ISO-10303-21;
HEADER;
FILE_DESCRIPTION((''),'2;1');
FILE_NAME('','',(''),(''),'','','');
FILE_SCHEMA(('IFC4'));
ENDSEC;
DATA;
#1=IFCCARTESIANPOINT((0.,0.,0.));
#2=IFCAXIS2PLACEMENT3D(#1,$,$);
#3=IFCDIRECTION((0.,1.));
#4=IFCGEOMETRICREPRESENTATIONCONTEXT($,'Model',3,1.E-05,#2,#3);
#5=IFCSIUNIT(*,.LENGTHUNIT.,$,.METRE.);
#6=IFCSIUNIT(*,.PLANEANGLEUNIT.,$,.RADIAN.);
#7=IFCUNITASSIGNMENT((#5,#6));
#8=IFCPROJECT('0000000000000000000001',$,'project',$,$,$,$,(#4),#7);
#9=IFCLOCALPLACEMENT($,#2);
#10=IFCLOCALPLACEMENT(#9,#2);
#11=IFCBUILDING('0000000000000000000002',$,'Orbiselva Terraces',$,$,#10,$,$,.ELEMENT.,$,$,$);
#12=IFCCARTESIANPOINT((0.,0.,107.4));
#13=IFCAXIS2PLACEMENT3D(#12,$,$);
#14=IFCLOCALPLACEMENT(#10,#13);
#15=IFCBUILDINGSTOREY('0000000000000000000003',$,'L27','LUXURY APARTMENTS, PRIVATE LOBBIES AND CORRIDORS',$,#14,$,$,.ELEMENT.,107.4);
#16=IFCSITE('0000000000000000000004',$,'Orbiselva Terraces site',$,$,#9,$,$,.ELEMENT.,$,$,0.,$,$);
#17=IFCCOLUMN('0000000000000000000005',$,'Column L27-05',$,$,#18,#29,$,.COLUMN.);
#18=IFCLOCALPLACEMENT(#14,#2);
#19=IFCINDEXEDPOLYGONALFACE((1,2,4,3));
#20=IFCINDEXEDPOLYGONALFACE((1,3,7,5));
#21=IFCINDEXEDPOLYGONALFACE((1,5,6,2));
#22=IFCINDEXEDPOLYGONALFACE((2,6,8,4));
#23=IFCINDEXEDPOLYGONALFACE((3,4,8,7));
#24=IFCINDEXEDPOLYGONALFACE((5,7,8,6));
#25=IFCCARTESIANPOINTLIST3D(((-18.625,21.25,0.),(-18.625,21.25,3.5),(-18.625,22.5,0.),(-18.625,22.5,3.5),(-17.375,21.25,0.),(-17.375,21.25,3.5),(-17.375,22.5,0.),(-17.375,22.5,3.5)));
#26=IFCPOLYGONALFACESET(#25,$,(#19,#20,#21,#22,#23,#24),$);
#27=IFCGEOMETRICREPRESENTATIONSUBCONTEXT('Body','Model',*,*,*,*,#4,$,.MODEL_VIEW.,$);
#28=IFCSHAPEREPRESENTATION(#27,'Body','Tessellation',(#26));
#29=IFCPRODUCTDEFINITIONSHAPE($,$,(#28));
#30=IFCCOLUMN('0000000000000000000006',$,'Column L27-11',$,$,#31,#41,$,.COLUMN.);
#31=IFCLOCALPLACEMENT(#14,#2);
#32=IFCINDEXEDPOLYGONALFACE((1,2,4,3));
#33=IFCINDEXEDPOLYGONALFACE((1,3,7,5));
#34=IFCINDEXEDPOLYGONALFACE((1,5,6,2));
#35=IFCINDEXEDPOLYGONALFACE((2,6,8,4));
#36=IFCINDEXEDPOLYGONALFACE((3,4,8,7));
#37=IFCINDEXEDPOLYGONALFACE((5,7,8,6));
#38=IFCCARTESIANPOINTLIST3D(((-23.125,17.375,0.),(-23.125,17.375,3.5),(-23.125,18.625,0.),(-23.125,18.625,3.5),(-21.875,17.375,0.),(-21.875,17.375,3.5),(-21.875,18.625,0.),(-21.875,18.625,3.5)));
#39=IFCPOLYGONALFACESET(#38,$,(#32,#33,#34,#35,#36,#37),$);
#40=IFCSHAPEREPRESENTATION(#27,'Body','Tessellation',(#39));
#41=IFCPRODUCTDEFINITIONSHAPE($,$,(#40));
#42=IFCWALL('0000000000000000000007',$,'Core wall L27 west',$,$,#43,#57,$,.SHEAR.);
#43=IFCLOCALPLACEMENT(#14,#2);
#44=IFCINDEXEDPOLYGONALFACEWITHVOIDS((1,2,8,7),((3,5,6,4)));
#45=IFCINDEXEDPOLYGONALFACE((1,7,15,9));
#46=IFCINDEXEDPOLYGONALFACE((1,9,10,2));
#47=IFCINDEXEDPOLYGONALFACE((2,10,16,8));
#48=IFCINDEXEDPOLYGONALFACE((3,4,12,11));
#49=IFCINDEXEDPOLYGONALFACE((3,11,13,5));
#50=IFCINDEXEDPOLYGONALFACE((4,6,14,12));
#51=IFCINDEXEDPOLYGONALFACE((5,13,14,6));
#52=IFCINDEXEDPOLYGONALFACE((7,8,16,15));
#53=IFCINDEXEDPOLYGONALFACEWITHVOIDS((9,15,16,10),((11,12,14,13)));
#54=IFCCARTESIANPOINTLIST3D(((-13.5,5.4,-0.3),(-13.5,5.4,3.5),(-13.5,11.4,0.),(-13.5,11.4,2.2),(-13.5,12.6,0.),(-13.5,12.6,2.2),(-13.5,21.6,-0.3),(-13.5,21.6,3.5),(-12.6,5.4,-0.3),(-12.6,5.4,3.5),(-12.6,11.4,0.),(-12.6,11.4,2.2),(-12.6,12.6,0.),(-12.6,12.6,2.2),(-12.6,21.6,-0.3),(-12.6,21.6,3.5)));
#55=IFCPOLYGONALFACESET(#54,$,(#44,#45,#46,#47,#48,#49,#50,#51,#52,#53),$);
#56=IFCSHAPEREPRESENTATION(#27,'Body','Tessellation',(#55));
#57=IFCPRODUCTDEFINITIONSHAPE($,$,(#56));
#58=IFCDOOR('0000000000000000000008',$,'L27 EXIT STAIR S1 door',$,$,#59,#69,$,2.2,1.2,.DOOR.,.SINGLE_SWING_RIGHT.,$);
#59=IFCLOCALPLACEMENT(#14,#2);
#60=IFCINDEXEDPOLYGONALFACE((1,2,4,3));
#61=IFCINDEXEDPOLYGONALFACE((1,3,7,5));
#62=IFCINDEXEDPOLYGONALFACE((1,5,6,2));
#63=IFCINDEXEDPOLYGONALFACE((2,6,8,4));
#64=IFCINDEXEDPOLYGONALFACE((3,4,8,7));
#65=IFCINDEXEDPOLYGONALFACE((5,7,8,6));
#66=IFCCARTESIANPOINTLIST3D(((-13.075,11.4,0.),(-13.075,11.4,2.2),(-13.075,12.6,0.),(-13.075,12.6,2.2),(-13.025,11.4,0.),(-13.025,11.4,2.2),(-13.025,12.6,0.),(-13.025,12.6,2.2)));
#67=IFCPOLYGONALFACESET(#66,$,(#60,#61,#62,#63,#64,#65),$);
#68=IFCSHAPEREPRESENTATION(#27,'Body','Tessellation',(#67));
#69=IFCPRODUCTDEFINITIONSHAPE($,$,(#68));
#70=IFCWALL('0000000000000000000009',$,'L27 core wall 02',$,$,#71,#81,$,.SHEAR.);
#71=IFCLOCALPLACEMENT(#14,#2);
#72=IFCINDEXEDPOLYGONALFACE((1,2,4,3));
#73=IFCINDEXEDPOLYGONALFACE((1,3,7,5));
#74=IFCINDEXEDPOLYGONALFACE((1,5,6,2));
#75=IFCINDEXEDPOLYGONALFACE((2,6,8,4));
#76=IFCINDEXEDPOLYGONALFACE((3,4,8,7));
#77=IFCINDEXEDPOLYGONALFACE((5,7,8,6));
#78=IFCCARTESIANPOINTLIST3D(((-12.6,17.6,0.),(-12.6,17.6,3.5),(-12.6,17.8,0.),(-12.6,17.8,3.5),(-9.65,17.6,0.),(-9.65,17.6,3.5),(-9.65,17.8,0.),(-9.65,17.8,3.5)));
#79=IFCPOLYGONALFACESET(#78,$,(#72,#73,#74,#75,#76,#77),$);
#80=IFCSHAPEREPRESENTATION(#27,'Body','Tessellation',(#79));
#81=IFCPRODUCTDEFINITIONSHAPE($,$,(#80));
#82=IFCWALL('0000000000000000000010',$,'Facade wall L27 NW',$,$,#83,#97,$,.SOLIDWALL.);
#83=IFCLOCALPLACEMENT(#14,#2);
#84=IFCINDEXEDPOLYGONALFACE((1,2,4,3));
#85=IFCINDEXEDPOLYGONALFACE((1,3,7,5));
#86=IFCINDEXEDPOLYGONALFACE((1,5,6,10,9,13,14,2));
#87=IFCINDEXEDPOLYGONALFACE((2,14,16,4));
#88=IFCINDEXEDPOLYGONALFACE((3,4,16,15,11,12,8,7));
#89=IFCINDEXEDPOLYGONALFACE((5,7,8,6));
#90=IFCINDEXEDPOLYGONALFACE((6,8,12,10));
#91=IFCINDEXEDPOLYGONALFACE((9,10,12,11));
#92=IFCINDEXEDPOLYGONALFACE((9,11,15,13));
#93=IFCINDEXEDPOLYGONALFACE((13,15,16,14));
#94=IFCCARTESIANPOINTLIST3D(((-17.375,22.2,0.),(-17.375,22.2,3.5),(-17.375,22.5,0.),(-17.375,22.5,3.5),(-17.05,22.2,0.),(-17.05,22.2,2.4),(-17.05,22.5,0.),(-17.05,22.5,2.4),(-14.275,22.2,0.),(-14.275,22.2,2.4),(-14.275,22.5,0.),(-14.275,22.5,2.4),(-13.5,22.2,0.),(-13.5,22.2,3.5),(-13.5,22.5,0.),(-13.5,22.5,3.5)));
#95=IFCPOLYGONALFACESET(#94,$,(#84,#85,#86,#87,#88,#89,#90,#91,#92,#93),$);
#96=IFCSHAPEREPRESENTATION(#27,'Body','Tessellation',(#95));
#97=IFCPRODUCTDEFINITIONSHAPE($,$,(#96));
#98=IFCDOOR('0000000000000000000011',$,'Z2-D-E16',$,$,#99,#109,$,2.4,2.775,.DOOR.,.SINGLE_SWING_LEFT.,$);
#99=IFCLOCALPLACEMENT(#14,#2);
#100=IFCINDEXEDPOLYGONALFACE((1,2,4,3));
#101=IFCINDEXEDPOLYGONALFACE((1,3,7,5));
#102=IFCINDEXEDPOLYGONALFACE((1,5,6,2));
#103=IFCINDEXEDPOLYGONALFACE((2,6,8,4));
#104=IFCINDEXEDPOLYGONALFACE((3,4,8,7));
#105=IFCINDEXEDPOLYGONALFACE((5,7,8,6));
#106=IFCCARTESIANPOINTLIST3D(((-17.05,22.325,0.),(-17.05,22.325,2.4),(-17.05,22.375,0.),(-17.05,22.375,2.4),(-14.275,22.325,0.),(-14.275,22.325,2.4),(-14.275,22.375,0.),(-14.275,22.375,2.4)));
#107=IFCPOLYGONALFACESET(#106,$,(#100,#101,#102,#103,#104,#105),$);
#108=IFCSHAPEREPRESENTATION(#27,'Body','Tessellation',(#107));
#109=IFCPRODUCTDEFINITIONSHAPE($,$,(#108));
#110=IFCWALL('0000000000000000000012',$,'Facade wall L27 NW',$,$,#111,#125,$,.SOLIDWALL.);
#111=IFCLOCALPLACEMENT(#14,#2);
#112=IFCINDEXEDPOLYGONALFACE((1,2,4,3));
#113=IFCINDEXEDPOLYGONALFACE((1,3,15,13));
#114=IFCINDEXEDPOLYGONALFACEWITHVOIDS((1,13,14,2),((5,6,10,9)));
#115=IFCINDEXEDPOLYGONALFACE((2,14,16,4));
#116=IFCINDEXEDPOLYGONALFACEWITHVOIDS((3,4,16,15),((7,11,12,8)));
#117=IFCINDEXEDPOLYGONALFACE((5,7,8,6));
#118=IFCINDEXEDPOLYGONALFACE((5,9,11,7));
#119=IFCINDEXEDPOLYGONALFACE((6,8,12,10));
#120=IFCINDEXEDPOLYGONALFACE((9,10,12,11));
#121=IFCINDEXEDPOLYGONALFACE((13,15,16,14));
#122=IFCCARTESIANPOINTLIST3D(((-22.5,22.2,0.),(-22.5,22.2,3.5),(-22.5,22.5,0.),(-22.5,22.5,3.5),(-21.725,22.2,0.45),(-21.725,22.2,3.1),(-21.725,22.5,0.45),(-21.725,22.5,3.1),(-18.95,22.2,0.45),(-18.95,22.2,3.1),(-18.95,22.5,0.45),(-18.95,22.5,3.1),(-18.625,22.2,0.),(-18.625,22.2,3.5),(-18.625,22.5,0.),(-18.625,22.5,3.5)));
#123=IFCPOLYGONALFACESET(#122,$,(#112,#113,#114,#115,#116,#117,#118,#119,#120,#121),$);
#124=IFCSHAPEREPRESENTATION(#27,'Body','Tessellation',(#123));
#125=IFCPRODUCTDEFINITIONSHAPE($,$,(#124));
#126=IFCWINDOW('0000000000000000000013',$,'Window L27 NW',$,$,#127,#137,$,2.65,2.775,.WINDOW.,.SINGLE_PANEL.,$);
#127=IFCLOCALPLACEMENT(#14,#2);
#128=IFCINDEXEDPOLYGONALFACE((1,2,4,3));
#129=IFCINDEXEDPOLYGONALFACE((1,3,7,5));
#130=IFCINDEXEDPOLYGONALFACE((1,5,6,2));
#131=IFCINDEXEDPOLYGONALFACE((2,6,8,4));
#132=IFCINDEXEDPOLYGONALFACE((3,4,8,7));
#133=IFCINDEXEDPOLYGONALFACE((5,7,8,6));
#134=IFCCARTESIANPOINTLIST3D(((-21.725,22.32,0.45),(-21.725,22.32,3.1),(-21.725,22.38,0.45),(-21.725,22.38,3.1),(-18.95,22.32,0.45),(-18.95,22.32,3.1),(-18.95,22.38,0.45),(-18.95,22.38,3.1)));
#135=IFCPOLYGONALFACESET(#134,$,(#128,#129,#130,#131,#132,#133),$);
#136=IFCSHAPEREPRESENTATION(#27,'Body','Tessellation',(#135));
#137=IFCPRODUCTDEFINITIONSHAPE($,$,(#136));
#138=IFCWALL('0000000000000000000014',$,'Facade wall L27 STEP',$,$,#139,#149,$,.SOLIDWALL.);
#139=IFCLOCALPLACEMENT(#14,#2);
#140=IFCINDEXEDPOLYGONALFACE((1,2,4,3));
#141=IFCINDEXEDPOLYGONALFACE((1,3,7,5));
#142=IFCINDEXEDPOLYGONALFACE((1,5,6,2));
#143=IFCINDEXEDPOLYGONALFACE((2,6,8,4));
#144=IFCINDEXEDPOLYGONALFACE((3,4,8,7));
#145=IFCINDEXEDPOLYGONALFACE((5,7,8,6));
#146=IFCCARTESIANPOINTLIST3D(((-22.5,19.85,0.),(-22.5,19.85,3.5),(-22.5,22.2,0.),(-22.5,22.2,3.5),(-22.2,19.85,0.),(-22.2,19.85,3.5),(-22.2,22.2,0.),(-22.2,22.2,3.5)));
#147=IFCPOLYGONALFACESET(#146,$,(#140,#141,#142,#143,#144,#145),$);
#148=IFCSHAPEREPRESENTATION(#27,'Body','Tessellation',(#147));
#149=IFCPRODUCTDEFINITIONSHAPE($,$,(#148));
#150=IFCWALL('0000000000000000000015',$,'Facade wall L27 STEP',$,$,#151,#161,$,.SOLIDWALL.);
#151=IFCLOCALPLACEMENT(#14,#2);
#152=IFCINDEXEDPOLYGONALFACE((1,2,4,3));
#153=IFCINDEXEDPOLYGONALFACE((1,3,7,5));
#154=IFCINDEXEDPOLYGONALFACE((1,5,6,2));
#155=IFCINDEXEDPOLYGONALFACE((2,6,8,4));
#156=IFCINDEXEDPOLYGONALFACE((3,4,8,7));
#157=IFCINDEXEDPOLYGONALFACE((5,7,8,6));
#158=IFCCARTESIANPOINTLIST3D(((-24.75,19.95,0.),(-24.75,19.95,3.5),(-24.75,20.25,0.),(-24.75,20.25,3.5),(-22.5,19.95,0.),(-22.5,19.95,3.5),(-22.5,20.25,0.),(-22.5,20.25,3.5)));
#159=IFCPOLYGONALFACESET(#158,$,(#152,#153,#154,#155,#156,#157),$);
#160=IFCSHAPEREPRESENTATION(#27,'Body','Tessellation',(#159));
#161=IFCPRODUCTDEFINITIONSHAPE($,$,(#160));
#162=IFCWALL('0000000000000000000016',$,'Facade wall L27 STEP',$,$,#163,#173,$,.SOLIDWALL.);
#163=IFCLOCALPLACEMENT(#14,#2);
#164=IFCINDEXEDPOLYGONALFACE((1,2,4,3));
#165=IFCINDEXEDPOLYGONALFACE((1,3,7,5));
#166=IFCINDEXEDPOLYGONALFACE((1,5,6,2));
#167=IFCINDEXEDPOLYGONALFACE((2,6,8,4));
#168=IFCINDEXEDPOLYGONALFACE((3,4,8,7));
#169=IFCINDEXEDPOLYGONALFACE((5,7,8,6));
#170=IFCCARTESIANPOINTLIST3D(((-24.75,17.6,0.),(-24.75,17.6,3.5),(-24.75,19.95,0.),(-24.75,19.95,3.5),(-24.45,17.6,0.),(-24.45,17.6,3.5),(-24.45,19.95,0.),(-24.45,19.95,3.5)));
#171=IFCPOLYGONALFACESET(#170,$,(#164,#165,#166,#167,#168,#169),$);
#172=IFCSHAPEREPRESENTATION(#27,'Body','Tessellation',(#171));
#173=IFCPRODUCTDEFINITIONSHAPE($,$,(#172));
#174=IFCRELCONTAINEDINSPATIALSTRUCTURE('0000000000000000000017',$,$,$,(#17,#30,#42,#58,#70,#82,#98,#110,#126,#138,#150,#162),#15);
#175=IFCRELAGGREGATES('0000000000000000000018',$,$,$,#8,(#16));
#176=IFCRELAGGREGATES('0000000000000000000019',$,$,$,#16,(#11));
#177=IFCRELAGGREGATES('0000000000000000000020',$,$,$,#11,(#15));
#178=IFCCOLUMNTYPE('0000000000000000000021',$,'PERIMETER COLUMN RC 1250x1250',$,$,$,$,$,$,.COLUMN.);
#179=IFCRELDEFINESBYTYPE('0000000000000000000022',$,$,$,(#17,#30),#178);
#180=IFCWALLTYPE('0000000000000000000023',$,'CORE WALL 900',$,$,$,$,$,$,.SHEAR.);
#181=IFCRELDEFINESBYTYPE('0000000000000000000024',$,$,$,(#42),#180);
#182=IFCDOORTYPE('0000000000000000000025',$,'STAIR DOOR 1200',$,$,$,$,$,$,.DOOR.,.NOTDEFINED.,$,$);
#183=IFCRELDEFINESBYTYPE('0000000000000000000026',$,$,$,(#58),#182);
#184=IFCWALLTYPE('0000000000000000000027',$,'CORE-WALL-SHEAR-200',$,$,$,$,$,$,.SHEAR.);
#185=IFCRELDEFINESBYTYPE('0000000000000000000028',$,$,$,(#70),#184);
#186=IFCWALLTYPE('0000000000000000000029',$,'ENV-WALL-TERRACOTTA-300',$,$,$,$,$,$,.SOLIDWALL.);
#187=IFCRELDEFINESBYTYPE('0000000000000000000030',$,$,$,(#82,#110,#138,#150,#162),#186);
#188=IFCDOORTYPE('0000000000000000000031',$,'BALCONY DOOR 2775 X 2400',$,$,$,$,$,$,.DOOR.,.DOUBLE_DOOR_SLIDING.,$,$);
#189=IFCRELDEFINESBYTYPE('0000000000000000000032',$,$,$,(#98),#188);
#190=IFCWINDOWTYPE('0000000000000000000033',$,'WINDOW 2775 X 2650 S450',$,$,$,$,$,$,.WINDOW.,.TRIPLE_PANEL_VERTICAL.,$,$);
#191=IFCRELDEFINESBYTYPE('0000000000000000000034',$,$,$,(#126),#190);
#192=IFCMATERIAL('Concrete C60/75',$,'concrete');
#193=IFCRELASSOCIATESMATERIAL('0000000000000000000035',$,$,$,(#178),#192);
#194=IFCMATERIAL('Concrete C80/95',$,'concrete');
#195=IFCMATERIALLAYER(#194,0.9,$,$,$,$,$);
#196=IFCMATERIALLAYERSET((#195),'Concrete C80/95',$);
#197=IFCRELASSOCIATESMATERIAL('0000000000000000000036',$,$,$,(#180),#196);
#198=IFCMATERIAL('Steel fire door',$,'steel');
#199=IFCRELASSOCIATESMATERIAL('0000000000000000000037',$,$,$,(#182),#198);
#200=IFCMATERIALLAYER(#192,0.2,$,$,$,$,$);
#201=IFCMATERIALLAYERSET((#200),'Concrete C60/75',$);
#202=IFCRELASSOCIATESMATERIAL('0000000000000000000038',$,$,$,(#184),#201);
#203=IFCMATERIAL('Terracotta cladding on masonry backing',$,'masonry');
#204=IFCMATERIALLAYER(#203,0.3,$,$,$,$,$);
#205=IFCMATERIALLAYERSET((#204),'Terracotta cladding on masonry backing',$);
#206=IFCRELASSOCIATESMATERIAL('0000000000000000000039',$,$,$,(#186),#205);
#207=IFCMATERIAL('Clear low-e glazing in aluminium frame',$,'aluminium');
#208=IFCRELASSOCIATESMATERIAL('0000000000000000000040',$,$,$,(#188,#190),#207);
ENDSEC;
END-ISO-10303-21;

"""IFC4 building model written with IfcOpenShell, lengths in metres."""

from ifc_helpers import new_model, si_unit, direction, frame, frame_2d, origin, origin_2d, place, context, subcontext, project, spatial, rectangle, extrude, material, layer, layer_set, material_profile, profile_set, type_object, element, fill, save


model = new_model("IFC4")

# Units and contexts
model_context = context("Model", 3, precision=1e-05, world=origin(), true_north=direction((0.0, 1.0)))
body_context = subcontext(model_context, "Body", "Model", "MODEL_VIEW")
ifc_project = project(units=[si_unit("LENGTHUNIT", "METRE"), si_unit("PLANEANGLEUNIT", "RADIAN")], contexts=[model_context])

# Site, building, storey
site_placement = place(None, origin())
site = spatial("IfcSite", under=ifc_project, at=site_placement, Name="Orbiselva Terraces site", CompositionType="ELEMENT", RefElevation=0.0)
building_placement = place(site_placement, origin())
building = spatial("IfcBuilding", under=site, at=building_placement, Name="Orbiselva Terraces", CompositionType="ELEMENT")
storey_placement = place(building_placement, frame((0.0, 0.0, 107.4)))
storey = spatial("IfcBuildingStorey", under=building, at=storey_placement, Name="L27", Description="LUXURY APARTMENTS, PRIVATE LOBBIES AND CORRIDORS", CompositionType="ELEMENT", Elevation=107.4)

# Columns
ifc_material_1 = material(Name="Concrete C60/75", Category="concrete")
ifc_material_profile = material_profile(ifc_material_1, rectangle(XDim=1.25, YDim=1.25, at=origin_2d()), Name="RC 1250x1250")
ifc_profile_set = profile_set([ifc_material_profile], Name="Concrete C60/75")
column_type = type_object("IfcColumnType", Name="PERIMETER COLUMN RC 1250x1250", PredefinedType="COLUMN", material=ifc_profile_set)
for number, where, z_axis, x_axis, name in (
    (1, (-18.0, 21.875, 0.0), (0.0, 0.0, 1.0), (1.0, 0.0, 0.0), "Column L27-05"),
    (2, (-22.5, 18.0, 0.0), (0.0, 0.0, 1.0), (1.0, 0.0, 0.0), "Column L27-11"),
):
    element("IfcColumn", number, at=place(storey_placement, frame(where, z_axis=z_axis, x_axis=x_axis)), inside=storey, type_object=column_type, Name=name, PredefinedType="COLUMN", context=body_context, shape_type="SweptSolid", body=[
        extrude(rectangle(XDim=1.25, YDim=1.25, at=origin_2d()), origin(), (0.0, 0.0, 1.0), 3.5),
    ])

# Wall, opening, door
ifc_material_2 = material(Name="Concrete C80/95", Category="concrete")
ifc_layer_1 = layer(ifc_material_2, 0.9)
ifc_layer_set_1 = layer_set([ifc_layer_1], Name="Concrete C80/95")
wall_type_1 = type_object("IfcWallType", Name="CORE WALL 900", PredefinedType="SHEAR", material=ifc_layer_set_1)
wall_1_placement = place(storey_placement, frame((-13.05, 21.6, -0.3), z_axis=(0.0, 0.0, 1.0), x_axis=(0.0, -1.0, 0.0)))
wall_1 = element("IfcWall", 3, at=wall_1_placement, inside=storey, type_object=wall_type_1, Name="Core wall L27 west", PredefinedType="SHEAR", context=body_context, shape_type="SweptSolid", body=[
    extrude(rectangle(XDim=16.2, YDim=0.9, at=frame_2d((8.1, 0.0))), origin(), (0.0, 0.0, 1.0), 3.8),
])
opening_1_placement = place(wall_1_placement, frame((9.0, 0.0, 0.3)))
opening_1 = element("IfcOpeningElement", 4, at=opening_1_placement, cuts=wall_1, PredefinedType="OPENING", context=body_context, shape_type="SweptSolid", body=[
    extrude(rectangle(XDim=1.2, YDim=2.2, at=frame_2d((0.6, 1.1))), frame((0.0, 0.46, 0.0), z_axis=(0.0, -1.0, 0.0), x_axis=(1.0, 0.0, 0.0)), (0.0, 0.0, 1.0), 0.92),
])
ifc_material_3 = material(Name="Steel fire door", Category="steel")
door_type_1 = type_object("IfcDoorType", Name="STAIR DOOR 1200", OperationType="NOTDEFINED", PredefinedType="DOOR", material=ifc_material_3)
door_1_placement = place(opening_1_placement, frame((1.2, 0.0, 0.0), z_axis=(0.0, 0.0, 1.0), x_axis=(-1.0, 0.0, 0.0)))
door_1 = element("IfcDoor", 5, at=door_1_placement, inside=storey, type_object=door_type_1, Name="L27 EXIT STAIR S1 door", OperationType="SINGLE_SWING_RIGHT", OverallHeight=2.2, OverallWidth=1.2, PredefinedType="DOOR", context=body_context, shape_type="SweptSolid", body=[
    extrude(rectangle(XDim=1.2, YDim=2.2, at=frame_2d((0.6, 1.1))), frame((0.0, 0.025, 0.0), z_axis=(0.0, -1.0, 0.0), x_axis=(1.0, 0.0, 0.0)), (0.0, 0.0, 1.0), 0.05),
])
fill(opening_1, door_1)

# Wall
ifc_layer_2 = layer(ifc_material_1, 0.2)
ifc_layer_set_2 = layer_set([ifc_layer_2], Name="Concrete C60/75")
wall_type_2 = type_object("IfcWallType", Name="CORE-WALL-SHEAR-200", PredefinedType="SHEAR", material=ifc_layer_set_2)
wall_2_placement = place(storey_placement, frame((-12.6, 17.7, 0.0), z_axis=(0.0, 0.0, 1.0), x_axis=(1.0, 0.0, 0.0)))
element("IfcWall", 6, at=wall_2_placement, inside=storey, type_object=wall_type_2, Name="L27 core wall 02", PredefinedType="SHEAR", context=body_context, shape_type="SweptSolid", body=[
    extrude(rectangle(XDim=2.95, YDim=0.2, at=frame_2d((1.475, 0.0))), origin(), (0.0, 0.0, 1.0), 3.5),
])

# Wall, opening, door
ifc_material_4 = material(Name="Terracotta cladding on masonry backing", Category="masonry")
ifc_layer_3 = layer(ifc_material_4, 0.3)
ifc_layer_set_3 = layer_set([ifc_layer_3], Name="Terracotta cladding on masonry backing")
wall_type_3 = type_object("IfcWallType", Name="ENV-WALL-TERRACOTTA-300", PredefinedType="SOLIDWALL", material=ifc_layer_set_3)
wall_3_placement = place(storey_placement, frame((-17.375, 22.35, 0.0), z_axis=(0.0, 0.0, 1.0), x_axis=(1.0, 0.0, 0.0)))
wall_3 = element("IfcWall", 7, at=wall_3_placement, inside=storey, type_object=wall_type_3, Name="Facade wall L27 NW", PredefinedType="SOLIDWALL", context=body_context, shape_type="SweptSolid", body=[
    extrude(rectangle(XDim=3.875, YDim=0.3, at=frame_2d((1.9375, 0.0))), origin(), (0.0, 0.0, 1.0), 3.5),
])
opening_2_placement = place(wall_3_placement, frame((0.325, 0.0, 0.0)))
opening_2 = element("IfcOpeningElement", 8, at=opening_2_placement, cuts=wall_3, PredefinedType="OPENING", context=body_context, shape_type="SweptSolid", body=[
    extrude(rectangle(XDim=2.775, YDim=2.4, at=frame_2d((1.3875, 1.2))), frame((0.0, 0.16, 0.0), z_axis=(0.0, -1.0, 0.0), x_axis=(1.0, 0.0, 0.0)), (0.0, 0.0, 1.0), 0.32),
])
ifc_material_5 = material(Name="Clear low-e glazing in aluminium frame", Category="aluminium")
door_type_2 = type_object("IfcDoorType", Name="BALCONY DOOR 2775 X 2400", OperationType="DOUBLE_DOOR_SLIDING", PredefinedType="DOOR", material=ifc_material_5)
door_2_placement = place(opening_2_placement, origin())
door_2 = element("IfcDoor", 9, at=door_2_placement, inside=storey, type_object=door_type_2, Name="Z2-D-E16", OperationType="SINGLE_SWING_LEFT", OverallHeight=2.4, OverallWidth=2.775, PredefinedType="DOOR", context=body_context, shape_type="SweptSolid", body=[
    extrude(rectangle(XDim=2.775, YDim=2.4, at=frame_2d((1.3875, 1.2))), frame((0.0, 0.025, 0.0), z_axis=(0.0, -1.0, 0.0), x_axis=(1.0, 0.0, 0.0)), (0.0, 0.0, 1.0), 0.05),
])
fill(opening_2, door_2)

# Wall, opening, window
wall_4_placement = place(storey_placement, frame((-22.5, 22.35, 0.0), z_axis=(0.0, 0.0, 1.0), x_axis=(1.0, 0.0, 0.0)))
wall_4 = element("IfcWall", 10, at=wall_4_placement, inside=storey, type_object=wall_type_3, Name="Facade wall L27 NW", PredefinedType="SOLIDWALL", context=body_context, shape_type="SweptSolid", body=[
    extrude(rectangle(XDim=3.875, YDim=0.3, at=frame_2d((1.9375, 0.0))), origin(), (0.0, 0.0, 1.0), 3.5),
])
opening_3_placement = place(wall_4_placement, frame((0.775, 0.0, 0.45)))
opening_3 = element("IfcOpeningElement", 11, at=opening_3_placement, cuts=wall_4, PredefinedType="OPENING", context=body_context, shape_type="SweptSolid", body=[
    extrude(rectangle(XDim=2.775, YDim=2.65, at=frame_2d((1.3875, 1.325))), frame((0.0, 0.16, 0.0), z_axis=(0.0, -1.0, 0.0), x_axis=(1.0, 0.0, 0.0)), (0.0, 0.0, 1.0), 0.32),
])
window_type = type_object("IfcWindowType", Name="WINDOW 2775 X 2650 S450", PartitioningType="TRIPLE_PANEL_VERTICAL", PredefinedType="WINDOW", material=ifc_material_5)
window_placement = place(opening_3_placement, origin())
window = element("IfcWindow", 12, at=window_placement, inside=storey, type_object=window_type, Name="Window L27 NW", OverallHeight=2.65, OverallWidth=2.775, PartitioningType="SINGLE_PANEL", PredefinedType="WINDOW", context=body_context, shape_type="SweptSolid", body=[
    extrude(rectangle(XDim=2.775, YDim=2.65, at=frame_2d((1.3875, 1.325))), frame((0.0, 0.03, 0.0), z_axis=(0.0, -1.0, 0.0), x_axis=(1.0, 0.0, 0.0)), (0.0, 0.0, 1.0), 0.06),
])
fill(opening_3, window)

# Walls
wall_5_placement = place(storey_placement, frame((-22.35, 19.85, 0.0), z_axis=(0.0, 0.0, 1.0), x_axis=(0.0, 1.0, 0.0)))
element("IfcWall", 13, at=wall_5_placement, inside=storey, type_object=wall_type_3, Name="Facade wall L27 STEP", PredefinedType="SOLIDWALL", context=body_context, shape_type="SweptSolid", body=[
    extrude(rectangle(XDim=2.35, YDim=0.3, at=frame_2d((1.175, 0.0))), origin(), (0.0, 0.0, 1.0), 3.5),
])
wall_6_placement = place(storey_placement, frame((-24.75, 20.1, 0.0), z_axis=(0.0, 0.0, 1.0), x_axis=(1.0, 0.0, 0.0)))
element("IfcWall", 14, at=wall_6_placement, inside=storey, type_object=wall_type_3, Name="Facade wall L27 STEP", PredefinedType="SOLIDWALL", context=body_context, shape_type="SweptSolid", body=[
    extrude(rectangle(XDim=2.25, YDim=0.3, at=frame_2d((1.125, 0.0))), origin(), (0.0, 0.0, 1.0), 3.5),
])
wall_7_placement = place(storey_placement, frame((-24.6, 17.6, 0.0), z_axis=(0.0, 0.0, 1.0), x_axis=(0.0, 1.0, 0.0)))
element("IfcWall", 15, at=wall_7_placement, inside=storey, type_object=wall_type_3, Name="Facade wall L27 STEP", PredefinedType="SOLIDWALL", context=body_context, shape_type="SweptSolid", body=[
    extrude(rectangle(XDim=2.35, YDim=0.3, at=frame_2d((1.175, 0.0))), origin(), (0.0, 0.0, 1.0), 3.5),
])

save(model, "model.ifc")
